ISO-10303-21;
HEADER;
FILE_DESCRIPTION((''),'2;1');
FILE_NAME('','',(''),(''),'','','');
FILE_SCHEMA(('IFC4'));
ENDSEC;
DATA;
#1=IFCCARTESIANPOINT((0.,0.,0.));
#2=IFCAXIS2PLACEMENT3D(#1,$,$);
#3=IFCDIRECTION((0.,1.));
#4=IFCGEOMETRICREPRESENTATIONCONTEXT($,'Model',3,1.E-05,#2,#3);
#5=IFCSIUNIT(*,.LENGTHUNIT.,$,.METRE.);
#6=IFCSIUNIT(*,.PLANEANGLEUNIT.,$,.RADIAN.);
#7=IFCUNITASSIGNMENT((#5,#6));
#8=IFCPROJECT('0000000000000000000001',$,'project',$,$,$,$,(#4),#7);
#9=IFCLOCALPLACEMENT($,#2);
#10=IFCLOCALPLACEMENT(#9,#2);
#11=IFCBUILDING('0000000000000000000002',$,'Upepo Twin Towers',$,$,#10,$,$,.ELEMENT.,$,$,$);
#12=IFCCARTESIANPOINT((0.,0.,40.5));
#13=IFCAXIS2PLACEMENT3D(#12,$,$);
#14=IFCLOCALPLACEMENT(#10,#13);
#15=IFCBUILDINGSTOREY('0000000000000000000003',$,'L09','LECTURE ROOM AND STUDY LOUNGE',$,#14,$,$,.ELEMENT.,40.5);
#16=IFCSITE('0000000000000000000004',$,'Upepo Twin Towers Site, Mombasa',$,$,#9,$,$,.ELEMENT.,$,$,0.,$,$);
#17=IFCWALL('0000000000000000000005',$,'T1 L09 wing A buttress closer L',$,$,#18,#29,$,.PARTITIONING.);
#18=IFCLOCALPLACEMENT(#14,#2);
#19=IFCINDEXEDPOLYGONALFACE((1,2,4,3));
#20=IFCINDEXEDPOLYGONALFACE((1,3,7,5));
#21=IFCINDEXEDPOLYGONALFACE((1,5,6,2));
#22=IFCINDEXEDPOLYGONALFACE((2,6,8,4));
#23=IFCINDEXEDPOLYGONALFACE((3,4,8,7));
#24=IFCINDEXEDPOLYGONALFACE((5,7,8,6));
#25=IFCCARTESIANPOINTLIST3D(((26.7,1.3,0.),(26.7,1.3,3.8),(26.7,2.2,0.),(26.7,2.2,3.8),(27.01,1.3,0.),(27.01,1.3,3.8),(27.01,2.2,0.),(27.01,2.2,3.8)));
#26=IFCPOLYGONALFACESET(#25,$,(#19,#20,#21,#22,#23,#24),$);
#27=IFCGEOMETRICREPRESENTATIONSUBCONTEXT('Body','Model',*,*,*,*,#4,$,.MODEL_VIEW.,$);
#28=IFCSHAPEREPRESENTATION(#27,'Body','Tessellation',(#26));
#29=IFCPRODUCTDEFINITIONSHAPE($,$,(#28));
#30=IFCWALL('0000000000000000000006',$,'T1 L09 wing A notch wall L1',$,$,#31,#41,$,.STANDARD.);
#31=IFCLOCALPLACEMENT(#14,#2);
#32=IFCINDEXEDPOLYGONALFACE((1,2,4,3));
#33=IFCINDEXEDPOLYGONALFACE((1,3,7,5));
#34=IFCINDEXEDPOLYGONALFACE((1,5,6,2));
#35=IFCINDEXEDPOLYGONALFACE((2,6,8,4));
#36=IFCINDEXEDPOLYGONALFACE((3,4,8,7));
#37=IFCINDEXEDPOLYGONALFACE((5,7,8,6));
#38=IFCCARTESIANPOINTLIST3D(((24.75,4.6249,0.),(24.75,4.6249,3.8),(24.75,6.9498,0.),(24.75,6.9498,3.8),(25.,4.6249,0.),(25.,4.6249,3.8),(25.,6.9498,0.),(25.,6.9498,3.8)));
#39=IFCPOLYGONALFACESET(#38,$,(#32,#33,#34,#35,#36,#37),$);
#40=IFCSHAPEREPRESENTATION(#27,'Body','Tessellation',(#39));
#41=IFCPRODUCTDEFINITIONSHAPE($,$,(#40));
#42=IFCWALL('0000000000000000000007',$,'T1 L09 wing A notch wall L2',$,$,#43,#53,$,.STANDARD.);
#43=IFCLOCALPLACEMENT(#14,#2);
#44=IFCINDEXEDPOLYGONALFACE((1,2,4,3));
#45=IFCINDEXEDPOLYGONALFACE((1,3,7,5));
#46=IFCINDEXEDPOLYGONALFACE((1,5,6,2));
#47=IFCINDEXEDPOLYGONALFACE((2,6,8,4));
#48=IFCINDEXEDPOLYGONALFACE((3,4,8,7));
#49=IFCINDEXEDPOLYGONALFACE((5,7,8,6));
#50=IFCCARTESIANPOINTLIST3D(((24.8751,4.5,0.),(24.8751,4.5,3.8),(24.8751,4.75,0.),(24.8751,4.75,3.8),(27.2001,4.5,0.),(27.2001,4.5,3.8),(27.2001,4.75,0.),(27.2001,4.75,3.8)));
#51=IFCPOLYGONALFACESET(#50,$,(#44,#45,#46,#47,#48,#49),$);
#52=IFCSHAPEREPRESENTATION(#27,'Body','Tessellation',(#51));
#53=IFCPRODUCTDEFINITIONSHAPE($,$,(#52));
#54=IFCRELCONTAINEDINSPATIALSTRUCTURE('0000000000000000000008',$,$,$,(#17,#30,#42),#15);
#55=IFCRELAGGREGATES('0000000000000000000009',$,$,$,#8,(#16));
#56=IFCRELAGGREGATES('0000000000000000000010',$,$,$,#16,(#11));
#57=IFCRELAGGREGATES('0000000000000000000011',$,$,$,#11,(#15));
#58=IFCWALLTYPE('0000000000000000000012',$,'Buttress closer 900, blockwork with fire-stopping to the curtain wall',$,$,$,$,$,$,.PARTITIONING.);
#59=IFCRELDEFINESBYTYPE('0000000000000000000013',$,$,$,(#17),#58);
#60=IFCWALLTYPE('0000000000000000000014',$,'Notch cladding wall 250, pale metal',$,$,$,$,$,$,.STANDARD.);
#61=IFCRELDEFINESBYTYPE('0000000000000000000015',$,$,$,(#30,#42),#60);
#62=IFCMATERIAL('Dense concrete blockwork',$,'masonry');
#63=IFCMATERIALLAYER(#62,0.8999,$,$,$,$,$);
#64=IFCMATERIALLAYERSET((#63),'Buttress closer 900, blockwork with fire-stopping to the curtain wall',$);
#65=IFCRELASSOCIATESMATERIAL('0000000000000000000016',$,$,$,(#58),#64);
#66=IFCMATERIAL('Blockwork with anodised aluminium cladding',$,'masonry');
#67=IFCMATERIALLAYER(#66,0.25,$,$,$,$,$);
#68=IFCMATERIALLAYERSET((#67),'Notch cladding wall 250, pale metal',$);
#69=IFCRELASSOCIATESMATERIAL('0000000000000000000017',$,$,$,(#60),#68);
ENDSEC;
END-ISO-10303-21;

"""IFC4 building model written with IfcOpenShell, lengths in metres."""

from ifc_helpers import new_model, si_unit, direction, frame, frame_2d, origin, place, context, subcontext, project, spatial, rectangle, extrude, material, layer, layer_set, type_object, element, save


model = new_model("IFC4")

# Units and contexts
model_context = context("Model", 3, precision=1e-05, world=origin(), true_north=direction((0.0, 1.0)))
body_context = subcontext(model_context, "Body", "Model", "MODEL_VIEW")
ifc_project = project(units=[si_unit("LENGTHUNIT", "METRE"), si_unit("PLANEANGLEUNIT", "RADIAN")], contexts=[model_context])

# Site, building, storey
site_placement = place(None, origin())
site = spatial("IfcSite", under=ifc_project, at=site_placement, Name="Upepo Twin Towers Site, Mombasa", CompositionType="ELEMENT", RefElevation=0.0)
building_placement = place(site_placement, origin())
building = spatial("IfcBuilding", under=site, at=building_placement, Name="Upepo Twin Towers", CompositionType="ELEMENT")
storey_placement = place(building_placement, frame((0.0, 0.0, 40.5)))
storey = spatial("IfcBuildingStorey", under=building, at=storey_placement, Name="L09", Description="LECTURE ROOM AND STUDY LOUNGE", CompositionType="ELEMENT", Elevation=40.5)

# Walls
ifc_material_1 = material(Name="Dense concrete blockwork", Category="masonry")
ifc_layer_1 = layer(ifc_material_1, 0.8999)
ifc_layer_set_1 = layer_set([ifc_layer_1], Name="Buttress closer 900, blockwork with fire-stopping to the curtain wall")
wall_type_1 = type_object("IfcWallType", Name="Buttress closer 900, blockwork with fire-stopping to the curtain wall", PredefinedType="PARTITIONING", material=ifc_layer_set_1)
wall_1_placement = place(storey_placement, frame((26.7, 1.75, 0.0), z_axis=(0.0, 0.0, 1.0), x_axis=(1.0, 0.0, 0.0)))
element("IfcWall", 1, at=wall_1_placement, inside=storey, type_object=wall_type_1, Name="T1 L09 wing A buttress closer L", PredefinedType="PARTITIONING", context=body_context, shape_type="SweptSolid", body=[
    extrude(rectangle(XDim=0.3101, YDim=0.8999, at=frame_2d((0.155, 0.0))), origin(), (0.0, 0.0, 1.0), 3.8),
])
ifc_material_2 = material(Name="Blockwork with anodised aluminium cladding", Category="masonry")
ifc_layer_2 = layer(ifc_material_2, 0.25)
ifc_layer_set_2 = layer_set([ifc_layer_2], Name="Notch cladding wall 250, pale metal")
wall_type_2 = type_object("IfcWallType", Name="Notch cladding wall 250, pale metal", PredefinedType="STANDARD", material=ifc_layer_set_2)
for number, where, z_axis, x_axis, name in (
    (2, (24.875, 6.95, 0.0), (0.0, 0.0, 1.0), (0.0, -1.0, 0.0), "T1 L09 wing A notch wall L1"),
    (3, (24.875, 4.625, 0.0), (0.0, 0.0, 1.0), (1.0, 0.0, 0.0), "T1 L09 wing A notch wall L2"),
):
    element("IfcWall", number, at=place(storey_placement, frame(where, z_axis=z_axis, x_axis=x_axis)), inside=storey, type_object=wall_type_2, Name=name, PredefinedType="STANDARD", context=body_context, shape_type="SweptSolid", body=[
        extrude(rectangle(XDim=2.325, YDim=0.25, at=frame_2d((1.1626, 0.0))), origin(), (0.0, 0.0, 1.0), 3.8),
    ])

save(model, "model.ifc")
